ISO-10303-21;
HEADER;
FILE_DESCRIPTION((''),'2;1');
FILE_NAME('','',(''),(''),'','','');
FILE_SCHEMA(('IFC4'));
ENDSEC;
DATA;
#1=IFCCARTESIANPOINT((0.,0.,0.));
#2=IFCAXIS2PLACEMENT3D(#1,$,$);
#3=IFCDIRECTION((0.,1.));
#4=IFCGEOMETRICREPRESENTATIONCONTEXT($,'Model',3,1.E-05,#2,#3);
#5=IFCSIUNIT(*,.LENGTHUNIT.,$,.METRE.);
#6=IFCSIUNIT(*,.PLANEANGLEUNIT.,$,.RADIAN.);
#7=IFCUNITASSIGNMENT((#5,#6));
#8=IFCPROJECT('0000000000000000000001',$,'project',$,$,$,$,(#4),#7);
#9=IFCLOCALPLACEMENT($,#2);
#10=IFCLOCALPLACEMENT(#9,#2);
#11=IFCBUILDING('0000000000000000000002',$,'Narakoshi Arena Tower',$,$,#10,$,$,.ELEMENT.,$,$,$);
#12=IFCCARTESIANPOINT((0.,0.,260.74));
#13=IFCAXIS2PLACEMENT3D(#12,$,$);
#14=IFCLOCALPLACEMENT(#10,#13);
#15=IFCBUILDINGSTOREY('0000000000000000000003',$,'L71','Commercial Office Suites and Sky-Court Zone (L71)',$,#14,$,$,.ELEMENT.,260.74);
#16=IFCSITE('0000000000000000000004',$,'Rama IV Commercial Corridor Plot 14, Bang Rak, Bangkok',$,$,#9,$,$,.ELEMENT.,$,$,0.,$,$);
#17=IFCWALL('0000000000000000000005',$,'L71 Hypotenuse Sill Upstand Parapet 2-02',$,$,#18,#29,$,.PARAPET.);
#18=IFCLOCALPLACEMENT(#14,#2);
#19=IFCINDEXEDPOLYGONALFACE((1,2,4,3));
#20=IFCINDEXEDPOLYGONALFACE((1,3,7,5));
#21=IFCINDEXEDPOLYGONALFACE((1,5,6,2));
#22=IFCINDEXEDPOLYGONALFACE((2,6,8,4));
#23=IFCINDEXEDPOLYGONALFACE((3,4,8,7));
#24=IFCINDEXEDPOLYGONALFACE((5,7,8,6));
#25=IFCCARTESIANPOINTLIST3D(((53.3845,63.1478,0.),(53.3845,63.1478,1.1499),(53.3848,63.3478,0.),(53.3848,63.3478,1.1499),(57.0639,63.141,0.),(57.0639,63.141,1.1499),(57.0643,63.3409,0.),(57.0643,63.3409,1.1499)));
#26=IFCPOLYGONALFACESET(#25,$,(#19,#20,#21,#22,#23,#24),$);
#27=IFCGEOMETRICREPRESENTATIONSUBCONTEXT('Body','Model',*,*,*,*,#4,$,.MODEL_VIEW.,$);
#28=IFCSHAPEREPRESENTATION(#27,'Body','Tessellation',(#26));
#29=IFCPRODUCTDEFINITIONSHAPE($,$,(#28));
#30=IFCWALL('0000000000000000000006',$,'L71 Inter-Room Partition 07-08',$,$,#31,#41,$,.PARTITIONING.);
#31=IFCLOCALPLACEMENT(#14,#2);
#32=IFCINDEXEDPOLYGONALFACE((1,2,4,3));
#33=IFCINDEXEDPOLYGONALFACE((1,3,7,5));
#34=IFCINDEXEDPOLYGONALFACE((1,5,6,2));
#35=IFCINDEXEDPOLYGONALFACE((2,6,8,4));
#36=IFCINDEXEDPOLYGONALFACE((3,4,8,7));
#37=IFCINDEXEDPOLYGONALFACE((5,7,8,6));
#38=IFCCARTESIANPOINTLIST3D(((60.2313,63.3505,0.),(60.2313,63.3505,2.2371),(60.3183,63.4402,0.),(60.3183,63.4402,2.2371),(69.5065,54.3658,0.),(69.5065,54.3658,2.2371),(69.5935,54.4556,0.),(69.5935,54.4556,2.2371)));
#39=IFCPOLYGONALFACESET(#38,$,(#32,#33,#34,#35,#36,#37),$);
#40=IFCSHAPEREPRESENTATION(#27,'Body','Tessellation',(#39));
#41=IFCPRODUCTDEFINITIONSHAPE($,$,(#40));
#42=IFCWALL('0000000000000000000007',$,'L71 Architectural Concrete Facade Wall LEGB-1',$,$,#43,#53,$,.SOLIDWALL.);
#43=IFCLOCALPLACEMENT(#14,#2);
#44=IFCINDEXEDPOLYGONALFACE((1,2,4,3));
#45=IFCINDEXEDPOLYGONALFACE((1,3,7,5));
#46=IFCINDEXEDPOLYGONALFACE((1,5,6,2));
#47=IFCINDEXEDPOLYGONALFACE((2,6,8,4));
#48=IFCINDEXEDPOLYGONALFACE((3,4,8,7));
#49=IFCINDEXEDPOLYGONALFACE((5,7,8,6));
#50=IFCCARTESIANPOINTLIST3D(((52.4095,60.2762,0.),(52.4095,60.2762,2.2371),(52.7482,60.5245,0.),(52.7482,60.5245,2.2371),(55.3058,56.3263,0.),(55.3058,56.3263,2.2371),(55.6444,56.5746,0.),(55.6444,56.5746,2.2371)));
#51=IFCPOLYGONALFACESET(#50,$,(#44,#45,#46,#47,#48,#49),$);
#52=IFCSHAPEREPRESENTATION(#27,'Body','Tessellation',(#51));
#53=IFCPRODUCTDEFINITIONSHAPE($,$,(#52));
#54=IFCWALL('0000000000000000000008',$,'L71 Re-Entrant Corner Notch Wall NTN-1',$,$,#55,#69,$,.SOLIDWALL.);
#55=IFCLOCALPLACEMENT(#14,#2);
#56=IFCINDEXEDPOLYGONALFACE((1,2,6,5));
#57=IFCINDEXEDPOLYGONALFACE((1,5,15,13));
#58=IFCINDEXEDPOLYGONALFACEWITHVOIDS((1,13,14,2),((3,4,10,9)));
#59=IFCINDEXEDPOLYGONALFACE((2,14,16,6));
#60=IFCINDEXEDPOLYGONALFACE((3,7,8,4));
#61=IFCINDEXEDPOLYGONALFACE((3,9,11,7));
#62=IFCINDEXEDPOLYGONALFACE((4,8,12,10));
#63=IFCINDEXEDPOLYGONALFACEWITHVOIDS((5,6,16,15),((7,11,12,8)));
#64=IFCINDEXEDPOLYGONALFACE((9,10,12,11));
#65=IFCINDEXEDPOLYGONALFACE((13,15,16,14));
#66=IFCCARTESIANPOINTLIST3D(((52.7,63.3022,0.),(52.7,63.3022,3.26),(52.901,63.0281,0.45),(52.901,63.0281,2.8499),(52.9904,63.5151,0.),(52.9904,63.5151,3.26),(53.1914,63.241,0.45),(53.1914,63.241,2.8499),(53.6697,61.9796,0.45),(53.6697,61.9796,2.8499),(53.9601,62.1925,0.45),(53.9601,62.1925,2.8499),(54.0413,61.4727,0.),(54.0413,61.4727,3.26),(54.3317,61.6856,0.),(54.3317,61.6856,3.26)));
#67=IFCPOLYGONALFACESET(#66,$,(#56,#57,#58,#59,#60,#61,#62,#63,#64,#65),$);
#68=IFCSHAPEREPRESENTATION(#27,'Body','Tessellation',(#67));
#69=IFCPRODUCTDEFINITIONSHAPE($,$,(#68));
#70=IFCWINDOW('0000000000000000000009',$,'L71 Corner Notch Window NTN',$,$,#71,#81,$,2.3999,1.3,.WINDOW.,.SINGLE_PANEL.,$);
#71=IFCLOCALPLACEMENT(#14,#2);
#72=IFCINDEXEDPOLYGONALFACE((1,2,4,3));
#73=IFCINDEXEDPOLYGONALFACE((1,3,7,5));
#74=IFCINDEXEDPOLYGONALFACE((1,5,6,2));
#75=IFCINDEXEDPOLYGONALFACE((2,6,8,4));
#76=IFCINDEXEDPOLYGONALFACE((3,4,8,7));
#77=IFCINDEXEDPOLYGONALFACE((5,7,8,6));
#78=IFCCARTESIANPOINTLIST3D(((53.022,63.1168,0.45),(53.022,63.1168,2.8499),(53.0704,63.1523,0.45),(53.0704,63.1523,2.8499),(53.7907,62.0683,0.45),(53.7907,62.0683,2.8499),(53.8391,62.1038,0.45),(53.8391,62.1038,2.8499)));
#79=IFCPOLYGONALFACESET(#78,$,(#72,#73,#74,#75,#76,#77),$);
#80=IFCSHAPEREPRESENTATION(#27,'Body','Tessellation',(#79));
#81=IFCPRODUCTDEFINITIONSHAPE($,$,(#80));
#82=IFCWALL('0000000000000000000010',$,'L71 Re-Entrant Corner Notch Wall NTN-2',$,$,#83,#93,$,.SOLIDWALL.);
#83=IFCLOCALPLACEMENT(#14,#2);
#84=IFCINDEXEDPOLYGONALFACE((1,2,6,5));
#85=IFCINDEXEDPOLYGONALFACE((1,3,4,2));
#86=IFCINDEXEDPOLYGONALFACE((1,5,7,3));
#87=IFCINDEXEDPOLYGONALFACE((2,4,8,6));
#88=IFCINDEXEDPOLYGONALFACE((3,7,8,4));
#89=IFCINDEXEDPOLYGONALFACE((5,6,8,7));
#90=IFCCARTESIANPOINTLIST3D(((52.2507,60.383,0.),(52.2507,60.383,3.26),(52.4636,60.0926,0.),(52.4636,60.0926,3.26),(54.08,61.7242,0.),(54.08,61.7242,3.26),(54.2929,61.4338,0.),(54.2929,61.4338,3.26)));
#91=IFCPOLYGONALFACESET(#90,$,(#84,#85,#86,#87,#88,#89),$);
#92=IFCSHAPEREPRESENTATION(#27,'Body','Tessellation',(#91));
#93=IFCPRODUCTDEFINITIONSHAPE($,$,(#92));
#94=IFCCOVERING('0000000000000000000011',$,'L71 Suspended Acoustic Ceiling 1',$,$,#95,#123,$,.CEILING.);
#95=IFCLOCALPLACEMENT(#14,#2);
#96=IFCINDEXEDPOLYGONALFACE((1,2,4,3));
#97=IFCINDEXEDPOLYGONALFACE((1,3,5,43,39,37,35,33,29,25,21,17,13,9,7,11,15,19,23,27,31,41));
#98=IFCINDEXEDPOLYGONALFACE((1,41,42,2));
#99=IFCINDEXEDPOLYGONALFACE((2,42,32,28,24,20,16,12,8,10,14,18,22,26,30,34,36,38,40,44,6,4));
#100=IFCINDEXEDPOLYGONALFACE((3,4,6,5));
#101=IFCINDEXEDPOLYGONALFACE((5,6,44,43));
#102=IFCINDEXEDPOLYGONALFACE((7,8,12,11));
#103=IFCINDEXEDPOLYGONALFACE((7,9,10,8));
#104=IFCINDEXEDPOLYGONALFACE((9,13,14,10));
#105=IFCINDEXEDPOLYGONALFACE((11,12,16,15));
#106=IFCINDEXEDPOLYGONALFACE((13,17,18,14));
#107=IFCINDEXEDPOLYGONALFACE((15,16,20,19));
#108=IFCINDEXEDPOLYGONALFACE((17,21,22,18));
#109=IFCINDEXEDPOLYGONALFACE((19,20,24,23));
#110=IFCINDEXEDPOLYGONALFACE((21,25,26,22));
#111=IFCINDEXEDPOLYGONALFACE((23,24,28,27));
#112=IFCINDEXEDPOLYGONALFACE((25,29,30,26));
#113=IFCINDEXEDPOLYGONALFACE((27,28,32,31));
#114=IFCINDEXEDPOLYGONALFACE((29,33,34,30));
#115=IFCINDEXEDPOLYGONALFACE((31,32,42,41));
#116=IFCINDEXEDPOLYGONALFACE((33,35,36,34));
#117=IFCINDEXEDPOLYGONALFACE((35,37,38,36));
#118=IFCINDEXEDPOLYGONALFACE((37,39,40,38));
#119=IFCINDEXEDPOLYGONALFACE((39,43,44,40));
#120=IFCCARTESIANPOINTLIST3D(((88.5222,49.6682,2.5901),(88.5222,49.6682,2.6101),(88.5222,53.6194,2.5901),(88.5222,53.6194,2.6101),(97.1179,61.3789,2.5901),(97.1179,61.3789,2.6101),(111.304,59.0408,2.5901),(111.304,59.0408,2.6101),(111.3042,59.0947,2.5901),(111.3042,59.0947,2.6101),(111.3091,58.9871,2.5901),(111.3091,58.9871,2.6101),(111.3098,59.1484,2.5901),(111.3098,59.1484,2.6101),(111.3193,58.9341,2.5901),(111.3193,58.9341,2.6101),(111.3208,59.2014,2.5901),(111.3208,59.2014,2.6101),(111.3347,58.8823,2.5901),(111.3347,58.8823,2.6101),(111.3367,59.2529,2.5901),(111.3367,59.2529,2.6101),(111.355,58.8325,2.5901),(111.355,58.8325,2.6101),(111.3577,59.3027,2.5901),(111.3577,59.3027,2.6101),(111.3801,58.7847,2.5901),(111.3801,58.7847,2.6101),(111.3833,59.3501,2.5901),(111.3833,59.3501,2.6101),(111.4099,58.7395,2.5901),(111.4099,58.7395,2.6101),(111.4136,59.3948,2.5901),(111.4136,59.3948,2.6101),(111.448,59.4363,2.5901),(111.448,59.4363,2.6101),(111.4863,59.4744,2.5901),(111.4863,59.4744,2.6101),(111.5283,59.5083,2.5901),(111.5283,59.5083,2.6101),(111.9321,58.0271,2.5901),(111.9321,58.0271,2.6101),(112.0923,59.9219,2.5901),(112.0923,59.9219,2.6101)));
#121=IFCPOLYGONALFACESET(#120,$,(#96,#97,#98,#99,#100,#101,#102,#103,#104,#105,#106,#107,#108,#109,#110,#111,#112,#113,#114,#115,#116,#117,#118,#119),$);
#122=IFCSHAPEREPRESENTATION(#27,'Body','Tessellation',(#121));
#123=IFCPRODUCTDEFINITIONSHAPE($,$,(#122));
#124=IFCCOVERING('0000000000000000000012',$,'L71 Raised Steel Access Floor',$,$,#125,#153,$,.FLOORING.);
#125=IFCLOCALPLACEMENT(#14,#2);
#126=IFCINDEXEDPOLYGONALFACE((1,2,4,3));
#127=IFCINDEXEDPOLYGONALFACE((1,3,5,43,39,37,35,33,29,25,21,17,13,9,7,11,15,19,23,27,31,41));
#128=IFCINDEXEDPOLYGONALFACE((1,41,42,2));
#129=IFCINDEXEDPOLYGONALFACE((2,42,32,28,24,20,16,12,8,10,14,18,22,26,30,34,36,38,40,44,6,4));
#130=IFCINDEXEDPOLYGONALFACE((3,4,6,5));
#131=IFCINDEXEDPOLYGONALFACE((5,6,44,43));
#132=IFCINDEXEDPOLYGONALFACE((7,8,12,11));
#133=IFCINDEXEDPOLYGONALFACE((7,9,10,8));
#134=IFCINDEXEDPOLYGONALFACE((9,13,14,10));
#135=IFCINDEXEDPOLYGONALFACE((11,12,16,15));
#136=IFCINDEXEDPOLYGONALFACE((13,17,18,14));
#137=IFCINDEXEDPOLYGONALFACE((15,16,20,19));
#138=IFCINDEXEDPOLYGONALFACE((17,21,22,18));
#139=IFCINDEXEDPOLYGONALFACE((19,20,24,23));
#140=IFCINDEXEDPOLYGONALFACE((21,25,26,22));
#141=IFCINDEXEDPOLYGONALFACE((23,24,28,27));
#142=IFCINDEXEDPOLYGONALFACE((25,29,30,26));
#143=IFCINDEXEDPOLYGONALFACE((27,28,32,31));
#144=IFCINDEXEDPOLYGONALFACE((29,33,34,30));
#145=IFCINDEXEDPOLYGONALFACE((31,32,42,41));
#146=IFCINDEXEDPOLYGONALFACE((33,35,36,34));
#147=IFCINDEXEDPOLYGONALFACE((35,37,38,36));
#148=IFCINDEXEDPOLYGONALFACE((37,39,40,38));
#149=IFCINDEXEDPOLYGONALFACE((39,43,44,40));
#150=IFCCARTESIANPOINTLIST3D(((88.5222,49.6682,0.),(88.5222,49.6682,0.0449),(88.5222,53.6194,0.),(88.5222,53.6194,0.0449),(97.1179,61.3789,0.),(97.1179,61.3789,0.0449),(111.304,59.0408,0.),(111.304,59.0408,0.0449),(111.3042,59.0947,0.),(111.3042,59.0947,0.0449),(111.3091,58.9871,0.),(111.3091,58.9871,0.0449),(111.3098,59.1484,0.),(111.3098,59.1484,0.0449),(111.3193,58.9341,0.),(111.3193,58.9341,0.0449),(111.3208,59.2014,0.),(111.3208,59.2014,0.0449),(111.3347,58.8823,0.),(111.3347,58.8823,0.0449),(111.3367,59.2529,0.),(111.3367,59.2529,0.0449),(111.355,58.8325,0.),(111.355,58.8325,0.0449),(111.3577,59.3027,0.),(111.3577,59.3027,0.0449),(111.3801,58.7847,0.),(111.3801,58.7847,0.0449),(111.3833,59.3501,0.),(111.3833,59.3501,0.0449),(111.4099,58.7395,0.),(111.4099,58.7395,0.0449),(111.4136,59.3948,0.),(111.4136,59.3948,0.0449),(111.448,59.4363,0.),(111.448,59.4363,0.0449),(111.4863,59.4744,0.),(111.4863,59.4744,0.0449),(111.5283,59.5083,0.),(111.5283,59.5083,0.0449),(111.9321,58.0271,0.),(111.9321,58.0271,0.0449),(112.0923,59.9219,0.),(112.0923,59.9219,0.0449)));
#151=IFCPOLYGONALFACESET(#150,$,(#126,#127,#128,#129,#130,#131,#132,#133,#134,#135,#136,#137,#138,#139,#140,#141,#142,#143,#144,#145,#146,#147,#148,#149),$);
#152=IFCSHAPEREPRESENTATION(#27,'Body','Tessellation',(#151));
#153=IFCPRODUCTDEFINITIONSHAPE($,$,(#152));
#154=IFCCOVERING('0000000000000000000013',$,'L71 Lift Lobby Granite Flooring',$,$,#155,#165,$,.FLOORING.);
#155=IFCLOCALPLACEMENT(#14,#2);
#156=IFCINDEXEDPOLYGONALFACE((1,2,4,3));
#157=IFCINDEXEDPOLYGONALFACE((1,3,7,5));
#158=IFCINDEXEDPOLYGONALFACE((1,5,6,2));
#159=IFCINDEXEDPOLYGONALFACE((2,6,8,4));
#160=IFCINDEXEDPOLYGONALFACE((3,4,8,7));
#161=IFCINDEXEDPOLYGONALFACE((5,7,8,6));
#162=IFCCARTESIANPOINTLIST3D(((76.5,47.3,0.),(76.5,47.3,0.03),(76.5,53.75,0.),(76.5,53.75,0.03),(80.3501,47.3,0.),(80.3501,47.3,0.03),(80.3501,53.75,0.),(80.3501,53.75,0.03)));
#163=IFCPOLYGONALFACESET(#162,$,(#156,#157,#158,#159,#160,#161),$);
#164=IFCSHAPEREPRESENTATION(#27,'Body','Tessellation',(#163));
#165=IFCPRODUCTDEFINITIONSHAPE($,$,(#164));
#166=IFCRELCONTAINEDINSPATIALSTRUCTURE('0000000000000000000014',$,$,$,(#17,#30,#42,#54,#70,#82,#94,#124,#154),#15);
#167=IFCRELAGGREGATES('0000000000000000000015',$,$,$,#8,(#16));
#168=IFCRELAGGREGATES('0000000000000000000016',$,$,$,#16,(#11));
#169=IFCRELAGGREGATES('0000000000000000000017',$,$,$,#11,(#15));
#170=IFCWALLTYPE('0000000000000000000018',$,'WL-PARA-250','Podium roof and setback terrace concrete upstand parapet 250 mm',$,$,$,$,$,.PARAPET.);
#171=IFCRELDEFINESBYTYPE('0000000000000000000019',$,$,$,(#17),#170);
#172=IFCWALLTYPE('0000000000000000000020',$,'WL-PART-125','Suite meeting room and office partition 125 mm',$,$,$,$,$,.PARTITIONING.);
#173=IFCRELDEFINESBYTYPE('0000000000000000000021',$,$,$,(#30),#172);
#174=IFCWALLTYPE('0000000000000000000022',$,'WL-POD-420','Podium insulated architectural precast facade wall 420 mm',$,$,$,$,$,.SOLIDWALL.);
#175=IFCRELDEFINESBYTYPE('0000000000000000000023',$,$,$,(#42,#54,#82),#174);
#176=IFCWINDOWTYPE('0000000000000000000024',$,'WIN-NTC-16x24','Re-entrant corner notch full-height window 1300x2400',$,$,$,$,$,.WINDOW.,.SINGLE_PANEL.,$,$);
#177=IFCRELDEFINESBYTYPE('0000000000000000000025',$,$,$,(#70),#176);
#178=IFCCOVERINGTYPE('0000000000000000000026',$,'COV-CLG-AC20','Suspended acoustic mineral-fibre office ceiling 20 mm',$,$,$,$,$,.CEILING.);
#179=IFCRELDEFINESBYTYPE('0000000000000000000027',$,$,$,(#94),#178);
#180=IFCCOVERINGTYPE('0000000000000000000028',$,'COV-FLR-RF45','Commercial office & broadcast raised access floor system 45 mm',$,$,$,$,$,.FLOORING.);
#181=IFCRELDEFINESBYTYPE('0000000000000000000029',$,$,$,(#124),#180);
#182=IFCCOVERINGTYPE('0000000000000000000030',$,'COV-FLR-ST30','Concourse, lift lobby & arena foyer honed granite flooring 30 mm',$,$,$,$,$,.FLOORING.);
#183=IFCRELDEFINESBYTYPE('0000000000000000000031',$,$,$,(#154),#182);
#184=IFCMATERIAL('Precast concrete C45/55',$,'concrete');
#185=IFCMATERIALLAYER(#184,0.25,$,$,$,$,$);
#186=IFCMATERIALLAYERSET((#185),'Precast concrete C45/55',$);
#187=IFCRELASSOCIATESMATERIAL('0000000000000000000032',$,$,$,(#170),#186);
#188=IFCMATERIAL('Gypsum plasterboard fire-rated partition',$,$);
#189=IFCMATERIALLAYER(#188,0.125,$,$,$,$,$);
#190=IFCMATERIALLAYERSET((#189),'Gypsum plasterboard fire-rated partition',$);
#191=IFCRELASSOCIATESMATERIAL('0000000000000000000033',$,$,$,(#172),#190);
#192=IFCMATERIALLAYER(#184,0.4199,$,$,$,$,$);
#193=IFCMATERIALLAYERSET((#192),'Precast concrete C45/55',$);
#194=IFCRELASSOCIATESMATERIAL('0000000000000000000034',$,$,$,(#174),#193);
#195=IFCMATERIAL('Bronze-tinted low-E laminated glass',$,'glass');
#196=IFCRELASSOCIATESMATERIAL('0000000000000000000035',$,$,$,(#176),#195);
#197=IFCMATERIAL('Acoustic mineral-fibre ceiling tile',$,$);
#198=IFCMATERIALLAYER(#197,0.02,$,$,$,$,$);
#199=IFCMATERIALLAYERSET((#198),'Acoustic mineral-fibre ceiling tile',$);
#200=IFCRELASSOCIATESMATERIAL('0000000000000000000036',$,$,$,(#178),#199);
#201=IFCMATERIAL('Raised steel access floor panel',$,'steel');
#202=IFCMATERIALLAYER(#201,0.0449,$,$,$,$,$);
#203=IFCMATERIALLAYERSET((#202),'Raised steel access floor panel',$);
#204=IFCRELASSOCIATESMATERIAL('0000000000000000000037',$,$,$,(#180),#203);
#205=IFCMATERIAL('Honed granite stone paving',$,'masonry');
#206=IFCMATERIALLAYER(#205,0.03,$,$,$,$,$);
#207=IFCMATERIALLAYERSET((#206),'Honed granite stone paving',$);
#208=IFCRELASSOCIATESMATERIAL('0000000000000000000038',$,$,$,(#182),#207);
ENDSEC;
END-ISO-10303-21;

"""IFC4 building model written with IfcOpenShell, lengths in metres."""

from ifc_helpers import new_model, si_unit, direction, frame, frame_2d, origin, place, context, subcontext, project, spatial, polyline, rectangle, outline, extrude, material, layer, layer_set, type_object, element, fill, save


model = new_model("IFC4")

# Units and contexts
model_context = context("Model", 3, precision=1e-05, world=origin(), true_north=direction((0.0, 1.0)))
body_context = subcontext(model_context, "Body", "Model", "MODEL_VIEW")
ifc_project = project(units=[si_unit("LENGTHUNIT", "METRE"), si_unit("PLANEANGLEUNIT", "RADIAN")], contexts=[model_context])

# Site, building, storey
site_placement = place(None, origin())
site = spatial("IfcSite", under=ifc_project, at=site_placement, Name="Rama IV Commercial Corridor Plot 14, Bang Rak, Bangkok", CompositionType="ELEMENT", RefElevation=0.0)
building_placement = place(site_placement, origin())
building = spatial("IfcBuilding", under=site, at=building_placement, Name="Narakoshi Arena Tower", CompositionType="ELEMENT")
storey_placement = place(building_placement, frame((0.0, 0.0, 260.74)))
storey = spatial("IfcBuildingStorey", under=building, at=storey_placement, Name="L71", Description="Commercial Office Suites and Sky-Court Zone (L71)", CompositionType="ELEMENT", Elevation=260.74)

# Shared definitions
ifc_material_1 = material(Name="Bronze-tinted low-E laminated glass", Category="glass")

# Walls
ifc_material_2 = material(Name="Precast concrete C45/55", Category="concrete")
ifc_layer_1 = layer(ifc_material_2, 0.25)
ifc_layer_set_1 = layer_set([ifc_layer_1], Name="Precast concrete C45/55")
wall_type_1 = type_object("IfcWallType", Name="WL-PARA-250", Description="Podium roof and setback terrace concrete upstand parapet 250 mm", PredefinedType="PARAPET", material=ifc_layer_set_1)
wall_1_placement = place(storey_placement, frame((57.0642, 63.241, 0.0), z_axis=(0.0, 0.0, 1.0), x_axis=(-0.999998, 0.001858, 0.0)))
element("IfcWall", 1, at=wall_1_placement, inside=storey, type_object=wall_type_1, Name="L71 Hypotenuse Sill Upstand Parapet 2-02", PredefinedType="PARAPET", context=body_context, shape_type="SweptSolid", body=[
    extrude(rectangle(XDim=3.6794, YDim=0.2, at=frame_2d((1.8398, 0.0))), origin(), (0.0, 0.0, 1.0), 1.1499),
])
ifc_material_3 = material(Name="Gypsum plasterboard fire-rated partition")
ifc_layer_2 = layer(ifc_material_3, 0.125)
ifc_layer_set_2 = layer_set([ifc_layer_2], Name="Gypsum plasterboard fire-rated partition")
wall_type_2 = type_object("IfcWallType", Name="WL-PART-125", Description="Suite meeting room and office partition 125 mm", PredefinedType="PARTITIONING", material=ifc_layer_set_2)
wall_2_placement = place(storey_placement, frame((60.2749, 63.3953, 0.0), z_axis=(0.0, 0.0, 1.0), x_axis=(0.718267, -0.695768, 0.0)))
element("IfcWall", 2, at=wall_2_placement, inside=storey, type_object=wall_type_2, Name="L71 Inter-Room Partition 07-08", PredefinedType="PARTITIONING", context=body_context, shape_type="SweptSolid", body=[
    extrude(rectangle(XDim=12.9133, YDim=0.125, at=frame_2d((6.4565, 0.0))), origin(), (0.0, 0.0, 1.0), 2.2371),
])
ifc_layer_3 = layer(ifc_material_2, 0.4199)
ifc_layer_set_3 = layer_set([ifc_layer_3], Name="Precast concrete C45/55")
wall_type_3 = type_object("IfcWallType", Name="WL-POD-420", Description="Podium insulated architectural precast facade wall 420 mm", PredefinedType="SOLIDWALL", material=ifc_layer_set_3)
wall_3_placement = place(storey_placement, frame((52.5789, 60.4004, 0.0), z_axis=(0.0, 0.0, 1.0), x_axis=(0.591312, -0.806443, 0.0)))
element("IfcWall", 3, at=wall_3_placement, inside=storey, type_object=wall_type_3, Name="L71 Architectural Concrete Facade Wall LEGB-1", PredefinedType="SOLIDWALL", context=body_context, shape_type="SweptSolid", body=[
    extrude(rectangle(XDim=4.8979, YDim=0.4199, at=frame_2d((2.449, 0.0))), origin(), (0.0, 0.0, 1.0), 2.2371),
])

# Wall, opening, window
wall_4_placement = place(storey_placement, frame((52.8452, 63.4087, 0.0), z_axis=(0.0, 0.0, 1.0), x_axis=(0.591252, -0.806487, 0.0)))
wall_4 = element("IfcWall", 4, at=wall_4_placement, inside=storey, type_object=wall_type_3, Name="L71 Re-Entrant Corner Notch Wall NTN-1", PredefinedType="SOLIDWALL", context=body_context, shape_type="SweptSolid", body=[
    extrude(rectangle(XDim=2.2686, YDim=0.3601, at=frame_2d((1.1343, 0.0))), origin(), (0.0, 0.0, 1.0), 3.26),
])
opening_placement = place(wall_4_placement, frame((0.3401, 0.0, 0.45)))
opening = element("IfcOpeningElement", 5, at=opening_placement, cuts=wall_4, PredefinedType="OPENING", context=body_context, shape_type="SweptSolid", body=[
    extrude(rectangle(XDim=1.3, YDim=2.3999, at=frame_2d((0.6499, 1.2))), frame((0.0, 0.1899, 0.0), z_axis=(0.0, -1.0, 0.0), x_axis=(1.0, 0.0, 0.0)), (0.0, 0.0, 1.0), 0.3801),
])
window_type = type_object("IfcWindowType", Name="WIN-NTC-16x24", Description="Re-entrant corner notch full-height window 1300x2400", PartitioningType="SINGLE_PANEL", PredefinedType="WINDOW", material=ifc_material_1)
window_placement = place(opening_placement, origin())
window = element("IfcWindow", 6, at=window_placement, inside=storey, type_object=window_type, Name="L71 Corner Notch Window NTN", OverallHeight=2.3999, OverallWidth=1.3, PartitioningType="SINGLE_PANEL", PredefinedType="WINDOW", context=body_context, shape_type="SweptSolid", body=[
    extrude(rectangle(XDim=1.3, YDim=2.3999, at=frame_2d((0.6499, 1.2))), frame((0.0, 0.03, 0.0), z_axis=(0.0, -1.0, 0.0), x_axis=(1.0, 0.0, 0.0)), (0.0, 0.0, 1.0), 0.0601),
])
fill(opening, window)

# Wall
wall_5_placement = place(storey_placement, frame((54.1865, 61.5791, 0.0), z_axis=(0.0, 0.0, 1.0), x_axis=(-0.806449, -0.591303, 0.0)))
element("IfcWall", 7, at=wall_5_placement, inside=storey, type_object=wall_type_3, Name="L71 Re-Entrant Corner Notch Wall NTN-2", PredefinedType="SOLIDWALL", context=body_context, shape_type="SweptSolid", body=[
    extrude(rectangle(XDim=2.2683, YDim=0.3601, at=frame_2d((1.1343, 0.0))), origin(), (0.0, 0.0, 1.0), 3.26),
])

# Coverings
ifc_material_4 = material(Name="Acoustic mineral-fibre ceiling tile")
ifc_layer_4 = layer(ifc_material_4, 0.02)
ifc_layer_set_4 = layer_set([ifc_layer_4], Name="Acoustic mineral-fibre ceiling tile")
covering_type_1 = type_object("IfcCoveringType", Name="COV-CLG-AC20", Description="Suspended acoustic mineral-fibre office ceiling 20 mm", PredefinedType="CEILING", material=ifc_layer_set_4)
covering_1_placement = place(storey_placement, frame((0.0, 0.0, 2.5901)))
element("IfcCovering", 8, at=covering_1_placement, inside=storey, type_object=covering_type_1, Name="L71 Suspended Acoustic Ceiling 1", PredefinedType="CEILING", context=body_context, shape_type="SweptSolid", body=[
    extrude(outline(polyline([(111.4863, 59.4744), (111.448, 59.4363), (111.4136, 59.3948), (111.3833, 59.3501), (111.3577, 59.3027), (111.3367, 59.2529), (111.3208, 59.2014), (111.3098, 59.1484), (111.3042, 59.0947), (111.304, 59.0408), (111.3091, 58.9871), (111.3193, 58.9341), (111.3347, 58.8823), (111.355, 58.8325), (111.3801, 58.7847), (111.4099, 58.7395), (111.9321, 58.0271), (88.5222, 49.6682), (88.5222, 53.6194), (97.1179, 61.3789), (112.0923, 59.9219), (111.5283, 59.5083), (111.4863, 59.4744)])), origin(), (0.0, 0.0, 1.0), 0.02),
])
ifc_material_5 = material(Name="Raised steel access floor panel", Category="steel")
ifc_layer_5 = layer(ifc_material_5, 0.0449)
ifc_layer_set_5 = layer_set([ifc_layer_5], Name="Raised steel access floor panel")
covering_type_2 = type_object("IfcCoveringType", Name="COV-FLR-RF45", Description="Commercial office & broadcast raised access floor system 45 mm", PredefinedType="FLOORING", material=ifc_layer_set_5)
covering_2_placement = place(storey_placement, origin())
element("IfcCovering", 9, at=covering_2_placement, inside=storey, type_object=covering_type_2, Name="L71 Raised Steel Access Floor", PredefinedType="FLOORING", context=body_context, shape_type="SweptSolid", body=[
    extrude(outline(polyline([(111.4863, 59.4744), (111.448, 59.4363), (111.4136, 59.3948), (111.3833, 59.3501), (111.3577, 59.3027), (111.3367, 59.2529), (111.3208, 59.2014), (111.3098, 59.1484), (111.3042, 59.0947), (111.304, 59.0408), (111.3091, 58.9871), (111.3193, 58.9341), (111.3347, 58.8823), (111.355, 58.8325), (111.3801, 58.7847), (111.4099, 58.7395), (111.9321, 58.0271), (88.5222, 49.6682), (88.5222, 53.6194), (97.1179, 61.3789), (112.0923, 59.9219), (111.5283, 59.5083), (111.4863, 59.4744)])), origin(), (0.0, 0.0, 1.0), 0.0449),
])
ifc_material_6 = material(Name="Honed granite stone paving", Category="masonry")
ifc_layer_6 = layer(ifc_material_6, 0.03)
ifc_layer_set_6 = layer_set([ifc_layer_6], Name="Honed granite stone paving")
covering_type_3 = type_object("IfcCoveringType", Name="COV-FLR-ST30", Description="Concourse, lift lobby & arena foyer honed granite flooring 30 mm", PredefinedType="FLOORING", material=ifc_layer_set_6)
covering_3_placement = place(storey_placement, origin())
element("IfcCovering", 10, at=covering_3_placement, inside=storey, type_object=covering_type_3, Name="L71 Lift Lobby Granite Flooring", PredefinedType="FLOORING", context=body_context, shape_type="SweptSolid", body=[
    extrude(outline(polyline([(76.5, 47.3), (80.3501, 47.3), (80.3501, 53.75), (76.5, 53.75), (76.5, 47.3)])), origin(), (0.0, 0.0, 1.0), 0.03),
])

save(model, "model.ifc")
